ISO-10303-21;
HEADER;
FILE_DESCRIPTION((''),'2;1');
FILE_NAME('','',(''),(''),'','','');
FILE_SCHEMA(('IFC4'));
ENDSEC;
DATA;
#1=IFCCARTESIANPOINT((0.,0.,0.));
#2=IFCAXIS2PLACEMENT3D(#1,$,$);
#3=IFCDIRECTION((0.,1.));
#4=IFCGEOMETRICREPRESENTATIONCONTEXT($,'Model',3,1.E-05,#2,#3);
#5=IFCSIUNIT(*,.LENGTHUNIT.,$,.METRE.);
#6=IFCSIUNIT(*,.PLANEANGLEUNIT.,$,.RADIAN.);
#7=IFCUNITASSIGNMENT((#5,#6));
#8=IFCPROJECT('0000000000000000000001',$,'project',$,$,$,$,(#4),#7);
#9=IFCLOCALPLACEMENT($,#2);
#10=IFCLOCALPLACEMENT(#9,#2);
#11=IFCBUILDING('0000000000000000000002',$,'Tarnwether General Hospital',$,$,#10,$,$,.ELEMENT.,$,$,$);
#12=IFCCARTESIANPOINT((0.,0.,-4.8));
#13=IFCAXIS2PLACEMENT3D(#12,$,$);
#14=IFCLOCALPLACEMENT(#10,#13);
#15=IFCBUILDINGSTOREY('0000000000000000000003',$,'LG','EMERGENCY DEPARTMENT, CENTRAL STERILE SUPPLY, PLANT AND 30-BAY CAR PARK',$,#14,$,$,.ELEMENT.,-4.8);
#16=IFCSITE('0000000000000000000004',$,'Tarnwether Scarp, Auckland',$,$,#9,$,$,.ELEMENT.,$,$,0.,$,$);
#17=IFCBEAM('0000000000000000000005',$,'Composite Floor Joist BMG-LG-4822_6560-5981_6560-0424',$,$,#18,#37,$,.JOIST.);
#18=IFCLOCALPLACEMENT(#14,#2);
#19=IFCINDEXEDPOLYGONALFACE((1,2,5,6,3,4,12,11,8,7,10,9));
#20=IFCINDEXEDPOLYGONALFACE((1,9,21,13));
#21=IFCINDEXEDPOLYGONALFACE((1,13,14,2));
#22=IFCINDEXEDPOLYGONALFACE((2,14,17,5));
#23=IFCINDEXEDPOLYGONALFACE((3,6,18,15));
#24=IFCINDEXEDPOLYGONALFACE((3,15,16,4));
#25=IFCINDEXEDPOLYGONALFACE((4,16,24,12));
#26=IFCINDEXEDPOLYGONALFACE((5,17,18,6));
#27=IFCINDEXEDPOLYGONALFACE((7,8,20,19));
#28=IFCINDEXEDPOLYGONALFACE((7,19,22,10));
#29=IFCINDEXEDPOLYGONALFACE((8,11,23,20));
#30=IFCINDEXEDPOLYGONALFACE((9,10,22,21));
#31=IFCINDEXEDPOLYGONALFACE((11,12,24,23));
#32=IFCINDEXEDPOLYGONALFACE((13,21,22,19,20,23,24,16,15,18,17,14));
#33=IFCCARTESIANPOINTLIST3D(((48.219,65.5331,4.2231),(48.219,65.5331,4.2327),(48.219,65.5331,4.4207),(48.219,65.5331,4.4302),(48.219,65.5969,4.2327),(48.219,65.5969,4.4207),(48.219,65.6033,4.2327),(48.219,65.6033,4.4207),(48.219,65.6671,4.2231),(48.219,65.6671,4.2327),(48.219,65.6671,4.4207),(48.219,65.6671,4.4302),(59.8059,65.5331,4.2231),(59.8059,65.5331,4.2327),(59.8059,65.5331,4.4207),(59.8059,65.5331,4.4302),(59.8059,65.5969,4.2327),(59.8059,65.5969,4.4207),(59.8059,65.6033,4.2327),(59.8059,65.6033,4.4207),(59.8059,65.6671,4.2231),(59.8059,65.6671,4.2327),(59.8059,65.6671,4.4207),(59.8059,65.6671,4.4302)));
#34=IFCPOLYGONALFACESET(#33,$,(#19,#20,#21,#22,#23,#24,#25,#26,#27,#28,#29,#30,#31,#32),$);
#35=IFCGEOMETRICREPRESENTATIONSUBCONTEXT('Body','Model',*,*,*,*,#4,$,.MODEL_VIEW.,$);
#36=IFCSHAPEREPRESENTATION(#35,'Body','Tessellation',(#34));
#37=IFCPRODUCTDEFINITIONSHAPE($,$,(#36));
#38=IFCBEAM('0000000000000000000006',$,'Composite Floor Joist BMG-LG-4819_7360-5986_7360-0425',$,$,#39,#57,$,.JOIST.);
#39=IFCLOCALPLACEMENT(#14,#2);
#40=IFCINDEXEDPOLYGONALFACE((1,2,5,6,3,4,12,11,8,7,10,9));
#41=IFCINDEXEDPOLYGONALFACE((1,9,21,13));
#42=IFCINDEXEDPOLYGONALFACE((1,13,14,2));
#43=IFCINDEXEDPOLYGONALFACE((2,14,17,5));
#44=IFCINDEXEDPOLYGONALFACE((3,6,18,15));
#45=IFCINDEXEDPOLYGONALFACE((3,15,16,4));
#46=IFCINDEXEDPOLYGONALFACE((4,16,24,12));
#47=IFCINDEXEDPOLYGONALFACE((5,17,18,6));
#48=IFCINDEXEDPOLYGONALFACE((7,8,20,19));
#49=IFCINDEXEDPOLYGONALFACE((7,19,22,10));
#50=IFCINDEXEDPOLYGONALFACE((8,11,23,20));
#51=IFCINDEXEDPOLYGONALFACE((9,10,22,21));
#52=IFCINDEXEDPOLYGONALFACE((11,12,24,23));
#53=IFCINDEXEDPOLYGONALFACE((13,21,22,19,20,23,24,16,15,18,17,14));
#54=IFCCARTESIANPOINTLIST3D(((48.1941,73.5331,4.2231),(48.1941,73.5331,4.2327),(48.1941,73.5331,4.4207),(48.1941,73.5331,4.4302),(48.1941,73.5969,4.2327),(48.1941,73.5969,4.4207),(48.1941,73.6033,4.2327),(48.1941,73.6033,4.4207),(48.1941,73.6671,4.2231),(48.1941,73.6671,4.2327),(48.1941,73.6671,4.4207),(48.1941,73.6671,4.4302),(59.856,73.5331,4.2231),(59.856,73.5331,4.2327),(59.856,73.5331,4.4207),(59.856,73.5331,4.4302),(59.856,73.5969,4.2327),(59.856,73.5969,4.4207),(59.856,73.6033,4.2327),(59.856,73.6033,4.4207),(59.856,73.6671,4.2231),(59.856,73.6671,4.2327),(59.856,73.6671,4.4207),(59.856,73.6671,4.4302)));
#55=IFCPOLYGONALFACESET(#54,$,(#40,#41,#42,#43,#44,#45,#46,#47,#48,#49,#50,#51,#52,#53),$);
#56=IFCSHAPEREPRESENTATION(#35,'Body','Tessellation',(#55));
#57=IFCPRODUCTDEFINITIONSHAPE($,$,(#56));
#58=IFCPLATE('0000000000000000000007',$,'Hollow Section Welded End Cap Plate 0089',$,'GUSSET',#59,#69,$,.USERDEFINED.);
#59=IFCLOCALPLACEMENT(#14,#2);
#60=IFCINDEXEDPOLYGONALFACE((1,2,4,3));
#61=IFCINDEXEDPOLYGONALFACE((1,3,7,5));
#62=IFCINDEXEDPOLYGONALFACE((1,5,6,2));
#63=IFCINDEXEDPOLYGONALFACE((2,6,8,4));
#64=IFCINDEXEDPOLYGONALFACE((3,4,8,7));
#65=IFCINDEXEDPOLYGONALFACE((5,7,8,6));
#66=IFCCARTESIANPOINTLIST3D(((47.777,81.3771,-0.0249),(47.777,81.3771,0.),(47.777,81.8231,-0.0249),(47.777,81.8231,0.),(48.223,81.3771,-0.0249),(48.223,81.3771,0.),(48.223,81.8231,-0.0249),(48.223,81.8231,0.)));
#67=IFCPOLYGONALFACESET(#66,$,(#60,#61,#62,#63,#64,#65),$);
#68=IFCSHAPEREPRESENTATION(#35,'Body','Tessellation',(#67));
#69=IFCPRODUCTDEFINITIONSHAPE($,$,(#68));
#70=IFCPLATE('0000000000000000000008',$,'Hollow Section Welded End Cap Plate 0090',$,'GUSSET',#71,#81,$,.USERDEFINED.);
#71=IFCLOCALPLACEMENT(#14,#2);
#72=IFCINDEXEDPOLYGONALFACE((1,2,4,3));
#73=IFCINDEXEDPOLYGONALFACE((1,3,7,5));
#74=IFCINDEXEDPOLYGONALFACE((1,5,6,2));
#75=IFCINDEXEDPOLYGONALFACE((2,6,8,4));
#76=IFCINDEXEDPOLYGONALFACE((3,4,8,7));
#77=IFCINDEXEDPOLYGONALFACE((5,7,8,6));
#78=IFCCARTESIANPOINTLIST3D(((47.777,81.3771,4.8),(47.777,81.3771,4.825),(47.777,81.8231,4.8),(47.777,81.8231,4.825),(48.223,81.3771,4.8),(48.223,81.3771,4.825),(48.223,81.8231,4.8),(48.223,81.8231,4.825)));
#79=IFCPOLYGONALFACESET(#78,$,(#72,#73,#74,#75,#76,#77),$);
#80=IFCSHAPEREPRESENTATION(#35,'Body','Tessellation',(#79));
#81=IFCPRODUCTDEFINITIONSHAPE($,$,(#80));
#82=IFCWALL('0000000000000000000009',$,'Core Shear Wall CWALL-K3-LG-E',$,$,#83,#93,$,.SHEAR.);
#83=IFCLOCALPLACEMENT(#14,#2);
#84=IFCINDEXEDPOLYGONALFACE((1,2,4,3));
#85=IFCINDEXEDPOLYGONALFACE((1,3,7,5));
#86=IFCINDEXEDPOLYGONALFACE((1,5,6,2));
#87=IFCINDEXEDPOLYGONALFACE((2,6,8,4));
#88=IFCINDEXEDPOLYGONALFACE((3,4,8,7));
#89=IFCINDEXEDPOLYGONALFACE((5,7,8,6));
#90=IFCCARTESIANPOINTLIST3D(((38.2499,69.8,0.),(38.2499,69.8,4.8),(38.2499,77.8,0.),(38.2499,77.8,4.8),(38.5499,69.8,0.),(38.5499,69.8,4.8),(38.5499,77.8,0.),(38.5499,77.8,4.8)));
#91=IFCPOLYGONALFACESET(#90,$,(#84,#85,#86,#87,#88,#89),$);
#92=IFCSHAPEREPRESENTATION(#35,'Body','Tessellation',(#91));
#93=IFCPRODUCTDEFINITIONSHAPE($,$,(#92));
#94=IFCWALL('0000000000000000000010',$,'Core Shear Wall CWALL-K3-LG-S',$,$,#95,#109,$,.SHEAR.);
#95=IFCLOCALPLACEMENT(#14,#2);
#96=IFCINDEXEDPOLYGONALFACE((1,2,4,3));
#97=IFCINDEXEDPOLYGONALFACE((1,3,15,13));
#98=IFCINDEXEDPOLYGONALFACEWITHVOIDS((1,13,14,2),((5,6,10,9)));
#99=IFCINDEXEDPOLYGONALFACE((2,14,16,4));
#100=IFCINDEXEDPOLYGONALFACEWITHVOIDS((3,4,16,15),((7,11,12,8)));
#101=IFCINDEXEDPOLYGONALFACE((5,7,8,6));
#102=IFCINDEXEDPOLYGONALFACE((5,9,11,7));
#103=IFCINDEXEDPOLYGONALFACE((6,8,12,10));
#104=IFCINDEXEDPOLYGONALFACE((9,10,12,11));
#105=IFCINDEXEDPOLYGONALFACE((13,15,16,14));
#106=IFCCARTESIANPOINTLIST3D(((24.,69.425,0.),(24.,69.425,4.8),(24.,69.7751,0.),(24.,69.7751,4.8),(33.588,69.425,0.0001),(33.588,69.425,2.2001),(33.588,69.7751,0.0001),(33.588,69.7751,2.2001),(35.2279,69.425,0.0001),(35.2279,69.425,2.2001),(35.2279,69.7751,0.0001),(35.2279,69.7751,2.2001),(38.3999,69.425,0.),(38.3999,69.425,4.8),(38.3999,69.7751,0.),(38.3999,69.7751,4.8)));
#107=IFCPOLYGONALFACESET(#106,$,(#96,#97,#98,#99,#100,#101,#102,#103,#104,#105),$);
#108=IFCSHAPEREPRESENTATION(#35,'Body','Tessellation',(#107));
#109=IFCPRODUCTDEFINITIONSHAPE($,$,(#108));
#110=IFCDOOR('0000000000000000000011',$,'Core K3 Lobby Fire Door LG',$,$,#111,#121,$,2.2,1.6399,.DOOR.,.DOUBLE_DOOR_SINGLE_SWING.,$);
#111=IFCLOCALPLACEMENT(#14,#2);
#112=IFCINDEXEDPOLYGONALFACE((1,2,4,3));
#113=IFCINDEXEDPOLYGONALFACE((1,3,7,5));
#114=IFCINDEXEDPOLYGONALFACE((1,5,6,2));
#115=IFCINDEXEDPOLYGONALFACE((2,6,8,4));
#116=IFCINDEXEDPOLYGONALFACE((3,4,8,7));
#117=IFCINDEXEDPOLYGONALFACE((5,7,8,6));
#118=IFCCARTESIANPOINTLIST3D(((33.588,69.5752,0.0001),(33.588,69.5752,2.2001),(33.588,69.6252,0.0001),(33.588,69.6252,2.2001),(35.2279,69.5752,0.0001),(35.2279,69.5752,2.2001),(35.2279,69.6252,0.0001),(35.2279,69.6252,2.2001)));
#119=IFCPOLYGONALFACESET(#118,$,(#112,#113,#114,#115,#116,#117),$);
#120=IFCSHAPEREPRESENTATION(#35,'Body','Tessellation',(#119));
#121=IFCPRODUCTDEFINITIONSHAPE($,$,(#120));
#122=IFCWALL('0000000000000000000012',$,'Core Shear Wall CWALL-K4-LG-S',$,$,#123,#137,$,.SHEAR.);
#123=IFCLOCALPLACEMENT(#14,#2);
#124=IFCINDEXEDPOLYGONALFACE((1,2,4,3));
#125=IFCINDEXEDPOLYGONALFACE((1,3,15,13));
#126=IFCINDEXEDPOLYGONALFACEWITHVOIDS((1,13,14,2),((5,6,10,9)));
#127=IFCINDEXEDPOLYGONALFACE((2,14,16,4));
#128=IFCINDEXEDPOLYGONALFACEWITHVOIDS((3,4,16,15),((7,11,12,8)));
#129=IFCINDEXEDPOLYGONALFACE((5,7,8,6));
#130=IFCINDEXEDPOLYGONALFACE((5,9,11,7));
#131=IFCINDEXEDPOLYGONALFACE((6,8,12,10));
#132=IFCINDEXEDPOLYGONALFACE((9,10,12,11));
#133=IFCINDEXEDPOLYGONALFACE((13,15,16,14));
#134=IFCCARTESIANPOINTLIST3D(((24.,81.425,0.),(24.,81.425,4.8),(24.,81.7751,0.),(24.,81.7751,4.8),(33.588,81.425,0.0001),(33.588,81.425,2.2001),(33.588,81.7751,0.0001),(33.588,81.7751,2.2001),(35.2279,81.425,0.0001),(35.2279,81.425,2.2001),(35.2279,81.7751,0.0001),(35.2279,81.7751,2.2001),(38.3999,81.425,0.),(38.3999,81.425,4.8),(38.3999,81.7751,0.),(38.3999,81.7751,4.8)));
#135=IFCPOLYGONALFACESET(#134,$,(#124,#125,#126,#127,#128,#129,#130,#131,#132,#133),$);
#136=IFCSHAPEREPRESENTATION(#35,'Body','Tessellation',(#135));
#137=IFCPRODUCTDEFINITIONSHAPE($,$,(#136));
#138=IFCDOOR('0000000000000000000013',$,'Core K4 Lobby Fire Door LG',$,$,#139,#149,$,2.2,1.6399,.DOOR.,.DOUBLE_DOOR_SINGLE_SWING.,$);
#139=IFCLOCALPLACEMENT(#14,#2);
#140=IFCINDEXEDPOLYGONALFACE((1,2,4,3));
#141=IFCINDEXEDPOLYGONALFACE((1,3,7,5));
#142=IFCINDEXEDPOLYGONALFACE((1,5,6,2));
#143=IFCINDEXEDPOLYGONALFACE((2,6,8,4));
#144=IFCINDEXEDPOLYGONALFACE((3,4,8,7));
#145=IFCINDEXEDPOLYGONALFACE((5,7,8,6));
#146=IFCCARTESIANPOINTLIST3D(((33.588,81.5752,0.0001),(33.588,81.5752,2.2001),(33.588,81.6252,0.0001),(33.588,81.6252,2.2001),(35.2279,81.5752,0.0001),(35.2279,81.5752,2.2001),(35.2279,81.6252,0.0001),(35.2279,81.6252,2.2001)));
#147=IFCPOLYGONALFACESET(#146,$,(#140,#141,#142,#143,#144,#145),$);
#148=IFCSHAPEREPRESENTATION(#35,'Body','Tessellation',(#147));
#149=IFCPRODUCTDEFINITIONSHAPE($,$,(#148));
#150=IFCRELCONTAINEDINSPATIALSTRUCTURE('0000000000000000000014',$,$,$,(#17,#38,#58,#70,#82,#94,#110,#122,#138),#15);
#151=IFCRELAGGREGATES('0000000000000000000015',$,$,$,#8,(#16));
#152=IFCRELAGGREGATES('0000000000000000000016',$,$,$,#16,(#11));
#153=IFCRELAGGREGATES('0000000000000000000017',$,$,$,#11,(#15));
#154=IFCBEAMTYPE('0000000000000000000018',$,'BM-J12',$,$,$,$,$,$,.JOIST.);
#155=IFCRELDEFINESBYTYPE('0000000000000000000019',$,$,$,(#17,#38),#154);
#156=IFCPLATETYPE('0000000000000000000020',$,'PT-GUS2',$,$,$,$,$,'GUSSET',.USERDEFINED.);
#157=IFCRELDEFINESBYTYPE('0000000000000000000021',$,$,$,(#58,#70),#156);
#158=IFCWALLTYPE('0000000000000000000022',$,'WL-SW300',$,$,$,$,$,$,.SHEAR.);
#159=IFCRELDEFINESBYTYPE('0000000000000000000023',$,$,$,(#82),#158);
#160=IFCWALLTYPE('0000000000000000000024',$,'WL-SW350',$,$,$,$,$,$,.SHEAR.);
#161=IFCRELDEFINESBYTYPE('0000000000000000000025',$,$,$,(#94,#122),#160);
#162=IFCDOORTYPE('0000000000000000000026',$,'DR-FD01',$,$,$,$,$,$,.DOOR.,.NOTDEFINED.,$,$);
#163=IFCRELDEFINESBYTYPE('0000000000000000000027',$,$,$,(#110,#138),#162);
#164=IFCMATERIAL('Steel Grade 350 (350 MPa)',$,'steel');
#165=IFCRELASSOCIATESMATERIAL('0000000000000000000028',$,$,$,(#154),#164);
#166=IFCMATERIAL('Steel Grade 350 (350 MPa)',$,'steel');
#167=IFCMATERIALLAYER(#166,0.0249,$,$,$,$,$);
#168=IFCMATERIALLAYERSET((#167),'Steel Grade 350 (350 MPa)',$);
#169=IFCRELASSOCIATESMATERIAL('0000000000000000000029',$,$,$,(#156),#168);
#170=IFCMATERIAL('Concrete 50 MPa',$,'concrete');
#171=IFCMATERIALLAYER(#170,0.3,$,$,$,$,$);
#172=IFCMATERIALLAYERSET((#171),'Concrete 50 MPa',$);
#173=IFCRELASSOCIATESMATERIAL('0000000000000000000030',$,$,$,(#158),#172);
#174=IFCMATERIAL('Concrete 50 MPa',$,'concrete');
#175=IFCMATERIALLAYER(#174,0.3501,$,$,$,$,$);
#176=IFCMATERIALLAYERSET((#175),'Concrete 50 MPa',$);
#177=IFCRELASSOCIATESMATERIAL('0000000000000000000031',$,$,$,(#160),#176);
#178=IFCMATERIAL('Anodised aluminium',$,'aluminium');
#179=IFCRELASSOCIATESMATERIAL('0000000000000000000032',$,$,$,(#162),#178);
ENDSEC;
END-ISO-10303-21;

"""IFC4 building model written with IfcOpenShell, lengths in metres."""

from ifc_helpers import new_model, si_unit, direction, frame, frame_2d, origin, origin_2d, place, context, subcontext, project, spatial, rectangle, i_section, extrude, material, layer, layer_set, material_profile, profile_set, type_object, element, fill, save


model = new_model("IFC4")

# Units and contexts
model_context = context("Model", 3, precision=1e-05, world=origin(), true_north=direction((0.0, 1.0)))
body_context = subcontext(model_context, "Body", "Model", "MODEL_VIEW")
ifc_project = project(units=[si_unit("LENGTHUNIT", "METRE"), si_unit("PLANEANGLEUNIT", "RADIAN")], contexts=[model_context])

# Site, building, storey
site_placement = place(None, origin())
site = spatial("IfcSite", under=ifc_project, at=site_placement, Name="Tarnwether Scarp, Auckland", CompositionType="ELEMENT", RefElevation=0.0)
building_placement = place(site_placement, origin())
building = spatial("IfcBuilding", under=site, at=building_placement, Name="Tarnwether General Hospital", CompositionType="ELEMENT")
storey_placement = place(building_placement, frame((0.0, 0.0, -4.8)))
storey = spatial("IfcBuildingStorey", under=building, at=storey_placement, Name="LG", Description="EMERGENCY DEPARTMENT, CENTRAL STERILE SUPPLY, PLANT AND 30-BAY CAR PARK", CompositionType="ELEMENT", Elevation=-4.8)

# Beams
ifc_material_1 = material(Name="Steel Grade 350 (350 MPa)", Category="steel")
ifc_material_profile_1 = material_profile(ifc_material_1, i_section(OverallWidth=0.134, OverallDepth=0.207, WebThickness=0.0063, FlangeThickness=0.0095, at=origin_2d()), Name="200UB29.8")
ifc_profile_set_1 = profile_set([ifc_material_profile_1], Name="Steel Grade 350 (350 MPa)")
beam_type_1 = type_object("IfcBeamType", Name="BM-J12", PredefinedType="JOIST", material=ifc_profile_set_1)
beam_1_placement = place(storey_placement, frame((48.219, 65.6001, 4.3267), z_axis=(1.0, 0.0, 0.0), x_axis=(0.0, 1.0, 0.0)))
element("IfcBeam", 1, at=beam_1_placement, inside=storey, type_object=beam_type_1, Name="Composite Floor Joist BMG-LG-4822_6560-5981_6560-0424", PredefinedType="JOIST", context=body_context, shape_type="SweptSolid", body=[
    extrude(i_section(OverallWidth=0.134, OverallDepth=0.207, WebThickness=0.0063, FlangeThickness=0.0095, at=origin_2d()), origin(), (0.0, 0.0, 1.0), 11.5869),
])
beam_2_placement = place(storey_placement, frame((48.1941, 73.6001, 4.3267), z_axis=(1.0, 0.0, 0.0), x_axis=(0.0, 1.0, 0.0)))
element("IfcBeam", 2, at=beam_2_placement, inside=storey, type_object=beam_type_1, Name="Composite Floor Joist BMG-LG-4819_7360-5986_7360-0425", PredefinedType="JOIST", context=body_context, shape_type="SweptSolid", body=[
    extrude(i_section(OverallWidth=0.134, OverallDepth=0.207, WebThickness=0.0063, FlangeThickness=0.0095, at=origin_2d()), origin(), (0.0, 0.0, 1.0), 11.6619),
])

# Plates
ifc_material_2 = material(Name="Steel Grade 350 (350 MPa)", Category="steel")
ifc_layer_1 = layer(ifc_material_2, 0.0249)
ifc_layer_set_1 = layer_set([ifc_layer_1], Name="Steel Grade 350 (350 MPa)")
plate_type = type_object("IfcPlateType", Name="PT-GUS2", ElementType="GUSSET", PredefinedType="USERDEFINED", material=ifc_layer_set_1)
for number, where, z_axis, x_axis, name in (
    (3, (48.0, 81.6001, -0.0249), (0.0, 0.0, 1.0), (1.0, 0.0, 0.0), "Hollow Section Welded End Cap Plate 0089"),
    (4, (48.0, 81.6001, 4.8), (0.0, 0.0, 1.0), (1.0, 0.0, 0.0), "Hollow Section Welded End Cap Plate 0090"),
):
    element("IfcPlate", number, at=place(storey_placement, frame(where, z_axis=z_axis, x_axis=x_axis)), inside=storey, type_object=plate_type, Name=name, ObjectType="GUSSET", PredefinedType="USERDEFINED", context=body_context, shape_type="SweptSolid", body=[
        extrude(rectangle(XDim=0.446, YDim=0.446, at=origin_2d()), origin(), (0.0, 0.0, 1.0), 0.0249),
    ])

# Wall
ifc_material_3 = material(Name="Concrete 50 MPa", Category="concrete")
ifc_layer_2 = layer(ifc_material_3, 0.3)
ifc_layer_set_2 = layer_set([ifc_layer_2], Name="Concrete 50 MPa")
wall_type_1 = type_object("IfcWallType", Name="WL-SW300", PredefinedType="SHEAR", material=ifc_layer_set_2)
wall_1_placement = place(storey_placement, frame((38.3999, 77.8, 0.0), z_axis=(0.0, 0.0, 1.0), x_axis=(0.0, -1.0, 0.0)))
element("IfcWall", 5, at=wall_1_placement, inside=storey, type_object=wall_type_1, Name="Core Shear Wall CWALL-K3-LG-E", PredefinedType="SHEAR", context=body_context, shape_type="SweptSolid", body=[
    extrude(rectangle(XDim=8.0, YDim=0.3, at=frame_2d((4.0, 0.0))), origin(), (0.0, 0.0, 1.0), 4.8),
])

# Walls, openings, doors
ifc_material_4 = material(Name="Concrete 50 MPa", Category="concrete")
ifc_layer_3 = layer(ifc_material_4, 0.3501)
ifc_layer_set_3 = layer_set([ifc_layer_3], Name="Concrete 50 MPa")
wall_type_2 = type_object("IfcWallType", Name="WL-SW350", PredefinedType="SHEAR", material=ifc_layer_set_3)
wall_2_placement = place(storey_placement, frame((38.3999, 69.6001, 0.0), z_axis=(0.0, 0.0, 1.0), x_axis=(-1.0, 0.0, 0.0)))
wall_2 = element("IfcWall", 6, at=wall_2_placement, inside=storey, type_object=wall_type_2, Name="Core Shear Wall CWALL-K3-LG-S", PredefinedType="SHEAR", context=body_context, shape_type="SweptSolid", body=[
    extrude(rectangle(XDim=14.3999, YDim=0.3501, at=frame_2d((7.2, 0.0))), origin(), (0.0, 0.0, 1.0), 4.8),
])
opening_1_placement = place(wall_2_placement, frame((3.1721, 0.0, 0.0)))
opening_1 = element("IfcOpeningElement", 7, at=opening_1_placement, cuts=wall_2, PredefinedType="OPENING", context=body_context, shape_type="SweptSolid", body=[
    extrude(rectangle(XDim=1.6399, YDim=2.2, at=frame_2d((0.8198, 1.1001))), frame((0.0, 0.1851, 0.0), z_axis=(0.0, -1.0, 0.0), x_axis=(1.0, 0.0, 0.0)), (0.0, 0.0, 1.0), 0.3701),
])
ifc_material_5 = material(Name="Anodised aluminium", Category="aluminium")
door_type = type_object("IfcDoorType", Name="DR-FD01", OperationType="NOTDEFINED", PredefinedType="DOOR", material=ifc_material_5)
door_1_placement = place(opening_1_placement, origin())
door_1 = element("IfcDoor", 8, at=door_1_placement, inside=storey, type_object=door_type, Name="Core K3 Lobby Fire Door LG", OperationType="DOUBLE_DOOR_SINGLE_SWING", OverallHeight=2.2, OverallWidth=1.6399, PredefinedType="DOOR", context=body_context, shape_type="SweptSolid", body=[
    extrude(rectangle(XDim=1.6399, YDim=2.2, at=frame_2d((0.8198, 1.1001))), frame((0.0, 0.0249, 0.0), z_axis=(0.0, -1.0, 0.0), x_axis=(1.0, 0.0, 0.0)), (0.0, 0.0, 1.0), 0.05),
])
fill(opening_1, door_1)
wall_3_placement = place(storey_placement, frame((38.3999, 81.6001, 0.0), z_axis=(0.0, 0.0, 1.0), x_axis=(-1.0, 0.0, 0.0)))
wall_3 = element("IfcWall", 9, at=wall_3_placement, inside=storey, type_object=wall_type_2, Name="Core Shear Wall CWALL-K4-LG-S", PredefinedType="SHEAR", context=body_context, shape_type="SweptSolid", body=[
    extrude(rectangle(XDim=14.3999, YDim=0.3501, at=frame_2d((7.2, 0.0))), origin(), (0.0, 0.0, 1.0), 4.8),
])
opening_2_placement = place(wall_3_placement, frame((3.1721, 0.0, 0.0)))
opening_2 = element("IfcOpeningElement", 10, at=opening_2_placement, cuts=wall_3, PredefinedType="OPENING", context=body_context, shape_type="SweptSolid", body=[
    extrude(rectangle(XDim=1.6399, YDim=2.2, at=frame_2d((0.8198, 1.1001))), frame((0.0, 0.1851, 0.0), z_axis=(0.0, -1.0, 0.0), x_axis=(1.0, 0.0, 0.0)), (0.0, 0.0, 1.0), 0.3701),
])
door_2_placement = place(opening_2_placement, origin())
door_2 = element("IfcDoor", 11, at=door_2_placement, inside=storey, type_object=door_type, Name="Core K4 Lobby Fire Door LG", OperationType="DOUBLE_DOOR_SINGLE_SWING", OverallHeight=2.2, OverallWidth=1.6399, PredefinedType="DOOR", context=body_context, shape_type="SweptSolid", body=[
    extrude(rectangle(XDim=1.6399, YDim=2.2, at=frame_2d((0.8198, 1.1001))), frame((0.0, 0.0249, 0.0), z_axis=(0.0, -1.0, 0.0), x_axis=(1.0, 0.0, 0.0)), (0.0, 0.0, 1.0), 0.05),
])
fill(opening_2, door_2)

save(model, "model.ifc")
